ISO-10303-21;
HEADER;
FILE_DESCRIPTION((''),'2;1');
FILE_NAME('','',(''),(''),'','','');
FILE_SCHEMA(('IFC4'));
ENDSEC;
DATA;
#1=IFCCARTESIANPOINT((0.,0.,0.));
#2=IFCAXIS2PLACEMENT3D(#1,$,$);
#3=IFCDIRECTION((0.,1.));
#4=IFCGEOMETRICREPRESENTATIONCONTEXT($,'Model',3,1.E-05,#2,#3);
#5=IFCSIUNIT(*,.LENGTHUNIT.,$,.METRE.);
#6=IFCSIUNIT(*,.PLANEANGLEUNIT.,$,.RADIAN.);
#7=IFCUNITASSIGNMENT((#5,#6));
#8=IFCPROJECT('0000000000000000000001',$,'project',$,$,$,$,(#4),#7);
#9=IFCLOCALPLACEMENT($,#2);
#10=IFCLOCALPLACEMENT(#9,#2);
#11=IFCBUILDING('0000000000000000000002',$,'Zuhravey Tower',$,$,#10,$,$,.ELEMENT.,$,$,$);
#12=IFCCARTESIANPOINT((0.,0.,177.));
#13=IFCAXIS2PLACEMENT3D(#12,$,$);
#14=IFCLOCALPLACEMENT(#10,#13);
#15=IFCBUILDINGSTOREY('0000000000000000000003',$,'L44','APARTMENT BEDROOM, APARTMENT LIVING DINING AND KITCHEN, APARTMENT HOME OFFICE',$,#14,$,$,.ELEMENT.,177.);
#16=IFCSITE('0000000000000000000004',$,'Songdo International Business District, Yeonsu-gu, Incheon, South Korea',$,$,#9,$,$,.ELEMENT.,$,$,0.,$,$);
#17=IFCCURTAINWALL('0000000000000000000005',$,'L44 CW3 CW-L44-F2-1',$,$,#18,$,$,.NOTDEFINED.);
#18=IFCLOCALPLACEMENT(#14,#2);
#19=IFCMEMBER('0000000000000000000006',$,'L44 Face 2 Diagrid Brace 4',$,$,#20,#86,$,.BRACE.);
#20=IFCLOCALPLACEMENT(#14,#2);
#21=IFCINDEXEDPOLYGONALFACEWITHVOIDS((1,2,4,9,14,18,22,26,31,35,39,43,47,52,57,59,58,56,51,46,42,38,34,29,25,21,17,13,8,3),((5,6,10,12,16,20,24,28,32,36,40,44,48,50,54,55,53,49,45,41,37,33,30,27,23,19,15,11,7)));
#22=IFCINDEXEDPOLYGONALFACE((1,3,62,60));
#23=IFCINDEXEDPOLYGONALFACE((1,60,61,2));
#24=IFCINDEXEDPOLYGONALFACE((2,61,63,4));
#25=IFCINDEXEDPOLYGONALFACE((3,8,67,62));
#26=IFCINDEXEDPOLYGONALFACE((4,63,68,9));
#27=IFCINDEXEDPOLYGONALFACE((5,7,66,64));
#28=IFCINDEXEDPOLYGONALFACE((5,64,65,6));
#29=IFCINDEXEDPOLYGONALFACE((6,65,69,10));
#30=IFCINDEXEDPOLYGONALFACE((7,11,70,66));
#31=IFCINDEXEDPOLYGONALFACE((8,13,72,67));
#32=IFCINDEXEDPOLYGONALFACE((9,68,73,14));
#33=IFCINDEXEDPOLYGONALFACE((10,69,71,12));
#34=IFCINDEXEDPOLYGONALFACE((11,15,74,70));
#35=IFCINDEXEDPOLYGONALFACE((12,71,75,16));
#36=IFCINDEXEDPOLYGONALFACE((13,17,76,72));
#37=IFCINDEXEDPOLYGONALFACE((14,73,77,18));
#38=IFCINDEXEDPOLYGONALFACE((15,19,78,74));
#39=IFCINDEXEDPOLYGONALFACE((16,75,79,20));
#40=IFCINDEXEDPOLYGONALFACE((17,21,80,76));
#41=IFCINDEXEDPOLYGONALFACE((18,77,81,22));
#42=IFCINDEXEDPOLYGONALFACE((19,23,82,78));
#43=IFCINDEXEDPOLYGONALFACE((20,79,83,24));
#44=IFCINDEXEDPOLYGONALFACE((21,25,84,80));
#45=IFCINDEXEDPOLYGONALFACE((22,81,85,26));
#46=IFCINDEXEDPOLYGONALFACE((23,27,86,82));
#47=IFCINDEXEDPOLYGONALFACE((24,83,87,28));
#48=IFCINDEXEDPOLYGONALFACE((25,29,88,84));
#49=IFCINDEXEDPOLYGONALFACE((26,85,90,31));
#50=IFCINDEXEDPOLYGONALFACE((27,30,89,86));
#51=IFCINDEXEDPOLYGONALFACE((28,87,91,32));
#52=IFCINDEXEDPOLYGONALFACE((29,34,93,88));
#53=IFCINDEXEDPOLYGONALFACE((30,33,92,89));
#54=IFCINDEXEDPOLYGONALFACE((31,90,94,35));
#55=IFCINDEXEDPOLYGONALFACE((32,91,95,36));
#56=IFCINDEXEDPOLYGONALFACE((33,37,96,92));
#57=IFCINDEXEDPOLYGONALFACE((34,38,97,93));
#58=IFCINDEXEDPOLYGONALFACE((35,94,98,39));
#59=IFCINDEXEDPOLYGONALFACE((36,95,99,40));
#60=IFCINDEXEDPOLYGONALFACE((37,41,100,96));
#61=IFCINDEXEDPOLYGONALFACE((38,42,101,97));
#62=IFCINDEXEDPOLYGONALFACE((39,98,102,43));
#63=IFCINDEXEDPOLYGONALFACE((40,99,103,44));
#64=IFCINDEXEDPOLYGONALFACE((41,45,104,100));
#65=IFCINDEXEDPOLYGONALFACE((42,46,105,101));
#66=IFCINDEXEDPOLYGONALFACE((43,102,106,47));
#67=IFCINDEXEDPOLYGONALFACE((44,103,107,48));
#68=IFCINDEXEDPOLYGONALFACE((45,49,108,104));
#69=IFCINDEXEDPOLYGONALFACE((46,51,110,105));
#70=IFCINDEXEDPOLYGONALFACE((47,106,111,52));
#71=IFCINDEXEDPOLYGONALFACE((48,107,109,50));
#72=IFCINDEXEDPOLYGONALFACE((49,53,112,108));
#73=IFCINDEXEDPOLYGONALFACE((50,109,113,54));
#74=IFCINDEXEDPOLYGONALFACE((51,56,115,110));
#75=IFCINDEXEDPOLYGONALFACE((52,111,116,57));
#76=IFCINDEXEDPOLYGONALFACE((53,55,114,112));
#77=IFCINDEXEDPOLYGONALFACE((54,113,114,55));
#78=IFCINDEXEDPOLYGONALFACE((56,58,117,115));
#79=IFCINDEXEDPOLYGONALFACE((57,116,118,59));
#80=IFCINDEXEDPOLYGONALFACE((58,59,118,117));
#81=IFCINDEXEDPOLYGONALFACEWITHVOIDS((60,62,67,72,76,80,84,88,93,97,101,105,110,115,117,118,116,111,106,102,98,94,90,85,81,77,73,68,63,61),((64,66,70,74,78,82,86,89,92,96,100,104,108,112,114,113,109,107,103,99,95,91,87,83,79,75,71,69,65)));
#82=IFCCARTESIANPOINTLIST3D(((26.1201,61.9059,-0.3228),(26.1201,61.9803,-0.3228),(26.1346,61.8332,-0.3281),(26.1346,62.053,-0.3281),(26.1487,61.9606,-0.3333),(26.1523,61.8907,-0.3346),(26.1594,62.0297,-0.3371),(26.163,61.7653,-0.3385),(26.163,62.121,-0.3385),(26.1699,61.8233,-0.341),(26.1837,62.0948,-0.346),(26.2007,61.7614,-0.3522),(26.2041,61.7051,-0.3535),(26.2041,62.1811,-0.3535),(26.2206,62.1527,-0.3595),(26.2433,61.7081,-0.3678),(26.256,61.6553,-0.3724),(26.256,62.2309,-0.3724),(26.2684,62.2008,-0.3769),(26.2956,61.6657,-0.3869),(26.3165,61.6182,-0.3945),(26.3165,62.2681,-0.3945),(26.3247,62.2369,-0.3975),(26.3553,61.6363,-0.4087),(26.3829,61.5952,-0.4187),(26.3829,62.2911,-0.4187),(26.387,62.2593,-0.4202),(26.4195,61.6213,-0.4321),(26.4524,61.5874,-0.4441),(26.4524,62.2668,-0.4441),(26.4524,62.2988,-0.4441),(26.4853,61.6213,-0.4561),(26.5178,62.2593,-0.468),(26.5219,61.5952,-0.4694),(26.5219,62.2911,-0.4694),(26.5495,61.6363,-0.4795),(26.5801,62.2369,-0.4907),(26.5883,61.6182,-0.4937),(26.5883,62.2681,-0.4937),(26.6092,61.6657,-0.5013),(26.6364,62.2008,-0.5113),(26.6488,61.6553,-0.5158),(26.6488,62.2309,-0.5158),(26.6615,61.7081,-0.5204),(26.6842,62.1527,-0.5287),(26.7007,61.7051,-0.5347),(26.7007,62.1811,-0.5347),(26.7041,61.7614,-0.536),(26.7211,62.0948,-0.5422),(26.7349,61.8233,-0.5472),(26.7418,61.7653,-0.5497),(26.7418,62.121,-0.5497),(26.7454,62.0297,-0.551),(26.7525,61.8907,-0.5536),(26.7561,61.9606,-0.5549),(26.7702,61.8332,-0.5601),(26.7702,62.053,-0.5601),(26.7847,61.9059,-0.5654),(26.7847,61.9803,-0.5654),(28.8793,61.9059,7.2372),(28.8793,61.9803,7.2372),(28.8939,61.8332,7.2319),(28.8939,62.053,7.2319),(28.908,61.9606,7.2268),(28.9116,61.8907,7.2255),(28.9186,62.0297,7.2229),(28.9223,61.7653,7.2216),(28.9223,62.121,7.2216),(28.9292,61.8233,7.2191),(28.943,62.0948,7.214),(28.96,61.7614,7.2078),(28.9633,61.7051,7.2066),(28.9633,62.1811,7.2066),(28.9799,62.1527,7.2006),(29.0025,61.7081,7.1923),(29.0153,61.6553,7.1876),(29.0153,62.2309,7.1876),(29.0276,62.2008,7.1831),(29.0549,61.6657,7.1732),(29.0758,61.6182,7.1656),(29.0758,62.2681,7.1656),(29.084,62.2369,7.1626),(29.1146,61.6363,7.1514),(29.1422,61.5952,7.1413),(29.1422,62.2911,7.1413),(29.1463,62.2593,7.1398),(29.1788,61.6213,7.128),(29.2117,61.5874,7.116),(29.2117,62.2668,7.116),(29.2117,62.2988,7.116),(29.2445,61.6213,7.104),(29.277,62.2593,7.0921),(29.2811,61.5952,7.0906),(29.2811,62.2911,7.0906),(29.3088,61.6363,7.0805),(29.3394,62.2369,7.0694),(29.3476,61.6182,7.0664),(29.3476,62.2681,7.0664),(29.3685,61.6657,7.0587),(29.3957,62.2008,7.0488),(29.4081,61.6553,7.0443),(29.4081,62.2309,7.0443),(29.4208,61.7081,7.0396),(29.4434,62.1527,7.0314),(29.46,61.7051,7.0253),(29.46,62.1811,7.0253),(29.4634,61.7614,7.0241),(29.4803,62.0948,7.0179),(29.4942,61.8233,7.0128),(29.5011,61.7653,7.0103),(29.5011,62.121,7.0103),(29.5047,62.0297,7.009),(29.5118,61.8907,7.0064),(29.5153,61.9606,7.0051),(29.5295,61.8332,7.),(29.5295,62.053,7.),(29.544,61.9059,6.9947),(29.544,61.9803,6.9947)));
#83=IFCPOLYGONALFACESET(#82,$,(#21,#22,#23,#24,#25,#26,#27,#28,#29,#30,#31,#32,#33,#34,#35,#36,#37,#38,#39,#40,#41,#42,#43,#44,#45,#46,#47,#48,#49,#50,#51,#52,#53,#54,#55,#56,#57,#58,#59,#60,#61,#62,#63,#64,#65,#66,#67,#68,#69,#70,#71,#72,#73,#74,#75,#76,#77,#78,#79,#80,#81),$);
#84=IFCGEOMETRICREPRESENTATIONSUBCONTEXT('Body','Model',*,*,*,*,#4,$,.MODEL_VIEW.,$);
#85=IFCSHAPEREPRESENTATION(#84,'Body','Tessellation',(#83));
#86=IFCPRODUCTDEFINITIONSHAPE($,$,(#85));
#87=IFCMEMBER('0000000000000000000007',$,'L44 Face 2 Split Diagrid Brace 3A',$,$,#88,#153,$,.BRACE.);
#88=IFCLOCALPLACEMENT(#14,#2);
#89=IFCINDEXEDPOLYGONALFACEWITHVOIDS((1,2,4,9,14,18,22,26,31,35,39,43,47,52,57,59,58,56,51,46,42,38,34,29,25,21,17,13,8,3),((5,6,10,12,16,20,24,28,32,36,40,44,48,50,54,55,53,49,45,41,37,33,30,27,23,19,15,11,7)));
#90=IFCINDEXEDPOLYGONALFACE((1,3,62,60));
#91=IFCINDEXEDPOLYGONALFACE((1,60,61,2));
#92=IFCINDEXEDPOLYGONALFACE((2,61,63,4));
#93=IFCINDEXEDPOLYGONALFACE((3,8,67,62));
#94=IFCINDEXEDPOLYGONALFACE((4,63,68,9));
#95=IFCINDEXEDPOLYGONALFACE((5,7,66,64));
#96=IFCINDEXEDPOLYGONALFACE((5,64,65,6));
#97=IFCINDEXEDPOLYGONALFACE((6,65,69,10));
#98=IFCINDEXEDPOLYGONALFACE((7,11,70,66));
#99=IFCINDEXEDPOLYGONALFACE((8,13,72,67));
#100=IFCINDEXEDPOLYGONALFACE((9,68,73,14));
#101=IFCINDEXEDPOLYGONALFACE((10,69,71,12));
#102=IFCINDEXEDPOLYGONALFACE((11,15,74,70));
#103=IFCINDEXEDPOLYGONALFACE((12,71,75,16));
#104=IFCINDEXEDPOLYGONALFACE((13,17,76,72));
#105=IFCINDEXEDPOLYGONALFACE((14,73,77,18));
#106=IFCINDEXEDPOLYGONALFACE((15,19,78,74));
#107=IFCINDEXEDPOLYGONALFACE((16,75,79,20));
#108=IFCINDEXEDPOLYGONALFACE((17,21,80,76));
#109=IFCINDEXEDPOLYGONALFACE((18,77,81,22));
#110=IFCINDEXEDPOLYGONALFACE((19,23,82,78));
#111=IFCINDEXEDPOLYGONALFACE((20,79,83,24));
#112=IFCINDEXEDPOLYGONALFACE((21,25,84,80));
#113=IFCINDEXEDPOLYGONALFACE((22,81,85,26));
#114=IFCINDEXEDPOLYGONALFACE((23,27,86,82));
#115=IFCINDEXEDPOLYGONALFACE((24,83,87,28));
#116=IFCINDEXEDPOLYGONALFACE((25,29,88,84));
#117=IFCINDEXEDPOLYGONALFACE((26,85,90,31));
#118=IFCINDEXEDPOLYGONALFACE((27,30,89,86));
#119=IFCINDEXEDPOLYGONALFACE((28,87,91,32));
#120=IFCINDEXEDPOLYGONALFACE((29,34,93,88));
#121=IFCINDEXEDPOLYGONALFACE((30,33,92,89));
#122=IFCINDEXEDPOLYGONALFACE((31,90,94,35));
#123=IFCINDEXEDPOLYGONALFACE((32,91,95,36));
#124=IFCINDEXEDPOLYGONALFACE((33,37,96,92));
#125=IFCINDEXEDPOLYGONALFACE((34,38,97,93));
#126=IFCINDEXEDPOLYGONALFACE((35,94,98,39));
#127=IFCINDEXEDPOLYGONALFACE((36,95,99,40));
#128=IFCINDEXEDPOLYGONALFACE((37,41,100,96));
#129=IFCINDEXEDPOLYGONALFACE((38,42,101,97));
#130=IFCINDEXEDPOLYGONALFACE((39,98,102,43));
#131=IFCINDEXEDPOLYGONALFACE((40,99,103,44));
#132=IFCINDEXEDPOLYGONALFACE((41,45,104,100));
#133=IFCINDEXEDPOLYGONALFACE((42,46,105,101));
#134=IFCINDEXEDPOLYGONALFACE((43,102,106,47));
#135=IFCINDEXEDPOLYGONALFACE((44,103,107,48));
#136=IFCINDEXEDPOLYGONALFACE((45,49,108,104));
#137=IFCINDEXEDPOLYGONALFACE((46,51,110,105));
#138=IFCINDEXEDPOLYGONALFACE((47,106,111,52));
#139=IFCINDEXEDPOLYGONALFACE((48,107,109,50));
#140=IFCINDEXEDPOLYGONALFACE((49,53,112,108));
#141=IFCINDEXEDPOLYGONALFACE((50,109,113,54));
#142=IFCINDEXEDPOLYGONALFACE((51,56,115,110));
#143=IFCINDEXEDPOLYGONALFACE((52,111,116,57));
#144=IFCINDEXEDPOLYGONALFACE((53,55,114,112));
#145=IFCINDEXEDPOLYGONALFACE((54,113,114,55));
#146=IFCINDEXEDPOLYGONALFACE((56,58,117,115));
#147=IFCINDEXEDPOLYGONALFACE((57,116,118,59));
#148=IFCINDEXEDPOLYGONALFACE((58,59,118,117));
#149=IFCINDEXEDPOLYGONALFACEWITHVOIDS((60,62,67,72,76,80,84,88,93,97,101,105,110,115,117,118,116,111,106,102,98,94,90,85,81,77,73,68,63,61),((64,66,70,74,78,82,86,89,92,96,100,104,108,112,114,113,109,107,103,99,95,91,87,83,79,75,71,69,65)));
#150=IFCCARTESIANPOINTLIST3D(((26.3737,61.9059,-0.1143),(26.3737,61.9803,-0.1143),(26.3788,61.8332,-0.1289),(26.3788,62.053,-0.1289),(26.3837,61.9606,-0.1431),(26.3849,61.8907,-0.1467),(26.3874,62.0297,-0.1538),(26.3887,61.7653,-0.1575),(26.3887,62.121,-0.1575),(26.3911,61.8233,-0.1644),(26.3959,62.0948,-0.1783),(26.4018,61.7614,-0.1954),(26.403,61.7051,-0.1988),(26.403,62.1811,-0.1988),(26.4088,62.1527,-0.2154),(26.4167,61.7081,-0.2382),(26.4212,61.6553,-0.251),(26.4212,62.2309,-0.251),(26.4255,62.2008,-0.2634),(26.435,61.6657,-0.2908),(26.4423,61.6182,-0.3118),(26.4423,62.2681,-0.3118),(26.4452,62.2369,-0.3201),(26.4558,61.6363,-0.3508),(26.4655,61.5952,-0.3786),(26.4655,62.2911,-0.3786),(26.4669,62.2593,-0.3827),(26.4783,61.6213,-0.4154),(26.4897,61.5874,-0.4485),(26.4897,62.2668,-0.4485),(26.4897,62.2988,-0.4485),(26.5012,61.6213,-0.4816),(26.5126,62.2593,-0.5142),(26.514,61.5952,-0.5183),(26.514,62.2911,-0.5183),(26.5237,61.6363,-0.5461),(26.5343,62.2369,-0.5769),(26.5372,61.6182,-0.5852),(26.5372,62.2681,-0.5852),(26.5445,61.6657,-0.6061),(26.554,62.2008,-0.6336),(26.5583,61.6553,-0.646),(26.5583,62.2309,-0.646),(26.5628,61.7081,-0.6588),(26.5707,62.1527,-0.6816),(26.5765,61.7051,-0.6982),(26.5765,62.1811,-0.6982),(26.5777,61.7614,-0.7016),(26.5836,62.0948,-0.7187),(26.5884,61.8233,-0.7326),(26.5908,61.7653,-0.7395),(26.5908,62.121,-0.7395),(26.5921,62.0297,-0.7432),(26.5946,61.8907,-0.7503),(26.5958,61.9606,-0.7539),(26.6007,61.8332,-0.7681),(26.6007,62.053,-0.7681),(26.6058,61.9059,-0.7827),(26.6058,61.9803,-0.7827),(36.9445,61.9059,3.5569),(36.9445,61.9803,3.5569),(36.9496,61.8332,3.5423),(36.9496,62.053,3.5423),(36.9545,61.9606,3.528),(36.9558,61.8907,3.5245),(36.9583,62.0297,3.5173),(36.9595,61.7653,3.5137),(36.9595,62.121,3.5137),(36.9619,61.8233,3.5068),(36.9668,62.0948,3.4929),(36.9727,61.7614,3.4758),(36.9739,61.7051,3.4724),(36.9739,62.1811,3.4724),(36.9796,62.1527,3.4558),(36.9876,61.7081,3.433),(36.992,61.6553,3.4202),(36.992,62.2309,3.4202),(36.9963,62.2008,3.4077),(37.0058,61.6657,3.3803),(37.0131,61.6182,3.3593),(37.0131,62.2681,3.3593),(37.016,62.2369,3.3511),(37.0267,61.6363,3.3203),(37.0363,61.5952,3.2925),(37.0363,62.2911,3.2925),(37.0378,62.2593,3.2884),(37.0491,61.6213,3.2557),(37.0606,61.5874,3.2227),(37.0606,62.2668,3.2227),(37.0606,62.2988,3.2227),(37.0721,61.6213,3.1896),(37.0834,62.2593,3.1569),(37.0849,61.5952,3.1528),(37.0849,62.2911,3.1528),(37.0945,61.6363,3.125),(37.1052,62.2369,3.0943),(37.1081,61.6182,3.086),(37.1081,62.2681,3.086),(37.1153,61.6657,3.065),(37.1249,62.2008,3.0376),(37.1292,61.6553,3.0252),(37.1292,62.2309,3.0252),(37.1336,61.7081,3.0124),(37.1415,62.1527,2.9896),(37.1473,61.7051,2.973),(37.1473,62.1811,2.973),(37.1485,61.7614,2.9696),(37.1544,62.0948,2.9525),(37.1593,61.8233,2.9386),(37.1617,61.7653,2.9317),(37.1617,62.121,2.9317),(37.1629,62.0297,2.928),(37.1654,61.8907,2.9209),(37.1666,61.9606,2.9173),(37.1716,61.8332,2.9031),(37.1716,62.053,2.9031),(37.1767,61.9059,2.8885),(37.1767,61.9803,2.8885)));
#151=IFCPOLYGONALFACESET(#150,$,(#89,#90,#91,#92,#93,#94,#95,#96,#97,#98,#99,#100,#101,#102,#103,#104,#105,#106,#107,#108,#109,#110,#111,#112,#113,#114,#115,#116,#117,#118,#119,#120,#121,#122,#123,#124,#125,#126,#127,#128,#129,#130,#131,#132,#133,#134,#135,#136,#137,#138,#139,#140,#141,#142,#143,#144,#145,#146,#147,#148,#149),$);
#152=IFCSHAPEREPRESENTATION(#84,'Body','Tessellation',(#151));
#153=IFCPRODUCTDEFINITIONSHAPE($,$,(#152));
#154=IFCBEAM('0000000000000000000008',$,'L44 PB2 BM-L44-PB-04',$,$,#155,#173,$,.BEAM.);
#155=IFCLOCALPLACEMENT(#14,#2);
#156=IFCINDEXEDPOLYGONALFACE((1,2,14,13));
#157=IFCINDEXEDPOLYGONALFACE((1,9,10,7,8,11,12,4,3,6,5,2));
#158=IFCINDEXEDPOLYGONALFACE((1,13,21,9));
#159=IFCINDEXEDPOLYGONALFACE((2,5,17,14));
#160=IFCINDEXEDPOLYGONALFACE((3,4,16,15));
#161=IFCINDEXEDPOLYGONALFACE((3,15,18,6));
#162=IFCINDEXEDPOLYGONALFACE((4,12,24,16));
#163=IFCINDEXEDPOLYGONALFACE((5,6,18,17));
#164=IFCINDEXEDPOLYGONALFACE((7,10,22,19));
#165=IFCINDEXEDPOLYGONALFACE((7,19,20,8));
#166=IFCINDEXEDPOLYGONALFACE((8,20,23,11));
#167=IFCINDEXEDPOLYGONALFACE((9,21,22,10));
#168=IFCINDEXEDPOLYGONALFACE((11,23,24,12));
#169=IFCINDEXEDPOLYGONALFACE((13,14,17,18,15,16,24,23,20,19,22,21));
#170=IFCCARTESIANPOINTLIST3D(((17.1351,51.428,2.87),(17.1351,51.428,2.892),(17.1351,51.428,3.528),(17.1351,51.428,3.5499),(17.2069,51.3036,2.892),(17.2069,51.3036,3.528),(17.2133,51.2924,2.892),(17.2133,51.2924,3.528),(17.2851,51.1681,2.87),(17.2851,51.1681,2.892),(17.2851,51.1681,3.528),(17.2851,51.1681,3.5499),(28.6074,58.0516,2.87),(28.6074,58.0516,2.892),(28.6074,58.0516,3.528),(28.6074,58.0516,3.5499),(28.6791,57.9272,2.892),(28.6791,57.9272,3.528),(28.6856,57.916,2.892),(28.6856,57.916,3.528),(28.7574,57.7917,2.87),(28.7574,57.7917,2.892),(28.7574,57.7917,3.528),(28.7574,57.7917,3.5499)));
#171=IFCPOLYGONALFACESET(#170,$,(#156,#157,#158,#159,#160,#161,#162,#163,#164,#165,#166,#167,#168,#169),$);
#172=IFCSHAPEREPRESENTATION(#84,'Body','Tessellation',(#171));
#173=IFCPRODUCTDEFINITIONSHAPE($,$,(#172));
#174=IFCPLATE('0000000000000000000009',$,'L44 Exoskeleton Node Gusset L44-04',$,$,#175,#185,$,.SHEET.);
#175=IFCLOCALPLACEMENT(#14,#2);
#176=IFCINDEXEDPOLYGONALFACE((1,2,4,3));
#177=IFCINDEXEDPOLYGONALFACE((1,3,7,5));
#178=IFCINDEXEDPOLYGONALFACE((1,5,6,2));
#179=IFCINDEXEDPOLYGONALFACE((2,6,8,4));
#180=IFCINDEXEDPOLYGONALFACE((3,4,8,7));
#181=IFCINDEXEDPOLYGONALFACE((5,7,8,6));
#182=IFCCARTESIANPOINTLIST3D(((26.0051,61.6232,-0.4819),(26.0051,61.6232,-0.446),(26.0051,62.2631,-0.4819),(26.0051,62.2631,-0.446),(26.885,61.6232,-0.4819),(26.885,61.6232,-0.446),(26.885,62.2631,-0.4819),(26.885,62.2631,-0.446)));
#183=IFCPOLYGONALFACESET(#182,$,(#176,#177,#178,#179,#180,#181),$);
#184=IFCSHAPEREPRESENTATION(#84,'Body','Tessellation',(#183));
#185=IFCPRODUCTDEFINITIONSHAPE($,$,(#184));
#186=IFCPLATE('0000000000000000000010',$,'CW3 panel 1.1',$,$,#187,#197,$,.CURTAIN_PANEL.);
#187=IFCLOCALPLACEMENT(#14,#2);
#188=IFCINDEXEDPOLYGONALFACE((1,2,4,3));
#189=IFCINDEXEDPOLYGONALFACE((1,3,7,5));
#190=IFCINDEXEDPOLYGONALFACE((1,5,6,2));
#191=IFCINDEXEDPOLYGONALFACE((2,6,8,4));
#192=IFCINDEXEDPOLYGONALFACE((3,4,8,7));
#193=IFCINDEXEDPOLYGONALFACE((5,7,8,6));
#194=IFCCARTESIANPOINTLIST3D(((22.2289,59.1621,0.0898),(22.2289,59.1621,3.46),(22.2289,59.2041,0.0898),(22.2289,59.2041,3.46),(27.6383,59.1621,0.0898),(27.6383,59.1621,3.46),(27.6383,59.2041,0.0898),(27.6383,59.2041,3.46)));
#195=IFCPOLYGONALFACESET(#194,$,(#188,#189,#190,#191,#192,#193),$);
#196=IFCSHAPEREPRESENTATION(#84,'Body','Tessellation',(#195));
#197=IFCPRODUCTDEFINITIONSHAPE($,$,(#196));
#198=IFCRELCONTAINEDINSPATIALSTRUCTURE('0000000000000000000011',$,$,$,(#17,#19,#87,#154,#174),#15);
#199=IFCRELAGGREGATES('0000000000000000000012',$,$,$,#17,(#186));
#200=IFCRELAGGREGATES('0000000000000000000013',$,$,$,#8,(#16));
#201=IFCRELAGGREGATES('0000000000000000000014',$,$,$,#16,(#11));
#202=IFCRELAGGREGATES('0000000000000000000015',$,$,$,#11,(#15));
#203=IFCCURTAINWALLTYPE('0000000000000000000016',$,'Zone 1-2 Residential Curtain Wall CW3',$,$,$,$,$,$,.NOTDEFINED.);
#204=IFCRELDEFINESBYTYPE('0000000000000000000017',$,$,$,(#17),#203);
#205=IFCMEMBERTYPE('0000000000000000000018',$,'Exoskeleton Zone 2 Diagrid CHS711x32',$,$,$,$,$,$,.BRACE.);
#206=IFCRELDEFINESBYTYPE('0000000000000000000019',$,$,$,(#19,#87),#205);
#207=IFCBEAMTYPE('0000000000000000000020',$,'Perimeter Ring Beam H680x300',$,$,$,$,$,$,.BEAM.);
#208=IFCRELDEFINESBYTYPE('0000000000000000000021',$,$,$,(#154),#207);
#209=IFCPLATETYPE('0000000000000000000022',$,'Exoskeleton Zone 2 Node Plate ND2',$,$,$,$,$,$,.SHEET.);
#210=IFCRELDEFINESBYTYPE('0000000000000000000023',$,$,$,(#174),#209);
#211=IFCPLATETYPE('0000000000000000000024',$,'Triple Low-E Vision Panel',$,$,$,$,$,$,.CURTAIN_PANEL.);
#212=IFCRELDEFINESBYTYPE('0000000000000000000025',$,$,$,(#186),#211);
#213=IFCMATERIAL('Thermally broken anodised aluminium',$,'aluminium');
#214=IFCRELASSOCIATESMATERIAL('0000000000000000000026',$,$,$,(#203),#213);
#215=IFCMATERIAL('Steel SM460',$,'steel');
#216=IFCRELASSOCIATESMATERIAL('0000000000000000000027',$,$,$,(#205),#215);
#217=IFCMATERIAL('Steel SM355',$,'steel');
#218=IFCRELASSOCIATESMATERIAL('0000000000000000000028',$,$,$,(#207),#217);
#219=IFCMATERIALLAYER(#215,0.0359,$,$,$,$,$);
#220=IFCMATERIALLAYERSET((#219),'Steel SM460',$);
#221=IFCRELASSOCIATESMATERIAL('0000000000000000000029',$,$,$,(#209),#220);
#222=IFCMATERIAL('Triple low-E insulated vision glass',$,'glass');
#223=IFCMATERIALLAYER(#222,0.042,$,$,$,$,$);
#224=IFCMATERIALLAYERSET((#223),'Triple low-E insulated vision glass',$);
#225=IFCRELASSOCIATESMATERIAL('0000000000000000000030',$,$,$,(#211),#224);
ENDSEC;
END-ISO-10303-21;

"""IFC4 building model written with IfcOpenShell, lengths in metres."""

from ifc_helpers import new_model, si_unit, direction, frame, origin, origin_2d, place, context, subcontext, project, spatial, rectangle, hollow_circle, i_section, extrude, material, layer, layer_set, material_profile, profile_set, type_object, element, aggregate, save


model = new_model("IFC4")

# Units and contexts
model_context = context("Model", 3, precision=1e-05, world=origin(), true_north=direction((0.0, 1.0)))
body_context = subcontext(model_context, "Body", "Model", "MODEL_VIEW")
ifc_project = project(units=[si_unit("LENGTHUNIT", "METRE"), si_unit("PLANEANGLEUNIT", "RADIAN")], contexts=[model_context])

# Site, building, storey
site_placement = place(None, origin())
site = spatial("IfcSite", under=ifc_project, at=site_placement, Name="Songdo International Business District, Yeonsu-gu, Incheon, South Korea", CompositionType="ELEMENT", RefElevation=0.0)
building_placement = place(site_placement, origin())
building = spatial("IfcBuilding", under=site, at=building_placement, Name="Zuhravey Tower", CompositionType="ELEMENT")
storey_placement = place(building_placement, frame((0.0, 0.0, 177.0)))
storey = spatial("IfcBuildingStorey", under=building, at=storey_placement, Name="L44", Description="APARTMENT BEDROOM, APARTMENT LIVING DINING AND KITCHEN, APARTMENT HOME OFFICE", CompositionType="ELEMENT", Elevation=177.0)

# Curtain wall
ifc_material_1 = material(Name="Thermally broken anodised aluminium", Category="aluminium")
curtain_wall_type = type_object("IfcCurtainWallType", Name="Zone 1-2 Residential Curtain Wall CW3", PredefinedType="NOTDEFINED", material=ifc_material_1)
curtain_wall_placement = place(storey_placement, origin())
curtain_wall = element("IfcCurtainWall", 1, at=curtain_wall_placement, inside=storey, type_object=curtain_wall_type, Name="L44 CW3 CW-L44-F2-1", PredefinedType="NOTDEFINED")

# Members
ifc_material_2 = material(Name="Steel SM460", Category="steel")
ifc_material_profile_1 = material_profile(ifc_material_2, hollow_circle(Radius=0.3557, WallThickness=0.032, at=origin_2d()), Name="CHS-711.2x32")
ifc_profile_set_1 = profile_set([ifc_material_profile_1], Name="Steel SM460")
member_type_1 = type_object("IfcMemberType", Name="Exoskeleton Zone 2 Diagrid CHS711x32", PredefinedType="BRACE", material=ifc_profile_set_1)
member_1_placement = place(storey_placement, frame((26.4524, 61.9431, -0.4441), z_axis=(0.342858, 0.0, 0.939387), x_axis=(0.0, 1.0, 0.0)))
element("IfcMember", 2, at=member_1_placement, inside=storey, type_object=member_type_1, Name="L44 Face 2 Diagrid Brace 4", PredefinedType="BRACE", context=body_context, shape_type="SweptSolid", body=[
    extrude(hollow_circle(Radius=0.3557, WallThickness=0.032, at=origin_2d()), origin(), (0.0, 0.0, 1.0), 8.0479),
])
member_2_placement = place(storey_placement, frame((26.4897, 61.9431, -0.4485), z_axis=(0.944654, 0.0, 0.32807), x_axis=(0.0, 1.0, 0.0)))
element("IfcMember", 3, at=member_2_placement, inside=storey, type_object=member_type_1, Name="L44 Face 2 Split Diagrid Brace 3A", PredefinedType="BRACE", context=body_context, shape_type="SweptSolid", body=[
    extrude(hollow_circle(Radius=0.3557, WallThickness=0.032, at=origin_2d()), origin(), (0.0, 0.0, 1.0), 11.1902),
])

# Beam
ifc_material_3 = material(Name="Steel SM355", Category="steel")
ifc_material_profile_2 = material_profile(ifc_material_3, i_section(OverallWidth=0.3, OverallDepth=0.6799, WebThickness=0.0129, FlangeThickness=0.022, at=origin_2d()), Name="H-680x300x13x22")
ifc_profile_set_2 = profile_set([ifc_material_profile_2], Name="Steel SM355")
beam_type = type_object("IfcBeamType", Name="Perimeter Ring Beam H680x300", PredefinedType="BEAM", material=ifc_profile_set_2)
beam_placement = place(storey_placement, frame((28.6824, 57.9216, 3.21), z_axis=(-0.866023, -0.500004, 0.0), x_axis=(0.500004, -0.866023, 0.0)))
element("IfcBeam", 4, at=beam_placement, inside=storey, type_object=beam_type, Name="L44 PB2 BM-L44-PB-04", PredefinedType="BEAM", context=body_context, shape_type="SweptSolid", body=[
    extrude(i_section(OverallWidth=0.3, OverallDepth=0.6799, WebThickness=0.0129, FlangeThickness=0.022, at=origin_2d()), origin(), (0.0, 0.0, 1.0), 13.2471),
])

# Plates
ifc_layer_1 = layer(ifc_material_2, 0.0359)
ifc_layer_set_1 = layer_set([ifc_layer_1], Name="Steel SM460")
plate_type_1 = type_object("IfcPlateType", Name="Exoskeleton Zone 2 Node Plate ND2", PredefinedType="SHEET", material=ifc_layer_set_1)
plate_1_placement = place(storey_placement, frame((26.4451, 61.9431, -0.4819), z_axis=(0.0, 0.0, 1.0), x_axis=(-1.0, 0.0, 0.0)))
element("IfcPlate", 5, at=plate_1_placement, inside=storey, type_object=plate_type_1, Name="L44 Exoskeleton Node Gusset L44-04", PredefinedType="SHEET", context=body_context, shape_type="SweptSolid", body=[
    extrude(rectangle(XDim=0.8799, YDim=0.6399, at=origin_2d()), origin(), (0.0, 0.0, 1.0), 0.0359),
])
ifc_material_4 = material(Name="Triple low-E insulated vision glass", Category="glass")
ifc_layer_2 = layer(ifc_material_4, 0.042)
ifc_layer_set_2 = layer_set([ifc_layer_2], Name="Triple low-E insulated vision glass")
plate_type_2 = type_object("IfcPlateType", Name="Triple Low-E Vision Panel", PredefinedType="CURTAIN_PANEL", material=ifc_layer_set_2)
plate_2_placement = place(storey_placement, frame((24.9336, 59.1831, 0.0898), z_axis=(0.0, 0.0, 1.0), x_axis=(1.0, 0.0, 0.0)))
plate_2 = element("IfcPlate", 6, at=plate_2_placement, type_object=plate_type_2, Name="CW3 panel 1.1", PredefinedType="CURTAIN_PANEL", context=body_context, shape_type="SweptSolid", body=[
    extrude(rectangle(XDim=5.4094, YDim=0.042, at=origin_2d()), origin(), (0.0, 0.0, 1.0), 3.3701),
])
aggregate(curtain_wall, [plate_2])

save(model, "model.ifc")
